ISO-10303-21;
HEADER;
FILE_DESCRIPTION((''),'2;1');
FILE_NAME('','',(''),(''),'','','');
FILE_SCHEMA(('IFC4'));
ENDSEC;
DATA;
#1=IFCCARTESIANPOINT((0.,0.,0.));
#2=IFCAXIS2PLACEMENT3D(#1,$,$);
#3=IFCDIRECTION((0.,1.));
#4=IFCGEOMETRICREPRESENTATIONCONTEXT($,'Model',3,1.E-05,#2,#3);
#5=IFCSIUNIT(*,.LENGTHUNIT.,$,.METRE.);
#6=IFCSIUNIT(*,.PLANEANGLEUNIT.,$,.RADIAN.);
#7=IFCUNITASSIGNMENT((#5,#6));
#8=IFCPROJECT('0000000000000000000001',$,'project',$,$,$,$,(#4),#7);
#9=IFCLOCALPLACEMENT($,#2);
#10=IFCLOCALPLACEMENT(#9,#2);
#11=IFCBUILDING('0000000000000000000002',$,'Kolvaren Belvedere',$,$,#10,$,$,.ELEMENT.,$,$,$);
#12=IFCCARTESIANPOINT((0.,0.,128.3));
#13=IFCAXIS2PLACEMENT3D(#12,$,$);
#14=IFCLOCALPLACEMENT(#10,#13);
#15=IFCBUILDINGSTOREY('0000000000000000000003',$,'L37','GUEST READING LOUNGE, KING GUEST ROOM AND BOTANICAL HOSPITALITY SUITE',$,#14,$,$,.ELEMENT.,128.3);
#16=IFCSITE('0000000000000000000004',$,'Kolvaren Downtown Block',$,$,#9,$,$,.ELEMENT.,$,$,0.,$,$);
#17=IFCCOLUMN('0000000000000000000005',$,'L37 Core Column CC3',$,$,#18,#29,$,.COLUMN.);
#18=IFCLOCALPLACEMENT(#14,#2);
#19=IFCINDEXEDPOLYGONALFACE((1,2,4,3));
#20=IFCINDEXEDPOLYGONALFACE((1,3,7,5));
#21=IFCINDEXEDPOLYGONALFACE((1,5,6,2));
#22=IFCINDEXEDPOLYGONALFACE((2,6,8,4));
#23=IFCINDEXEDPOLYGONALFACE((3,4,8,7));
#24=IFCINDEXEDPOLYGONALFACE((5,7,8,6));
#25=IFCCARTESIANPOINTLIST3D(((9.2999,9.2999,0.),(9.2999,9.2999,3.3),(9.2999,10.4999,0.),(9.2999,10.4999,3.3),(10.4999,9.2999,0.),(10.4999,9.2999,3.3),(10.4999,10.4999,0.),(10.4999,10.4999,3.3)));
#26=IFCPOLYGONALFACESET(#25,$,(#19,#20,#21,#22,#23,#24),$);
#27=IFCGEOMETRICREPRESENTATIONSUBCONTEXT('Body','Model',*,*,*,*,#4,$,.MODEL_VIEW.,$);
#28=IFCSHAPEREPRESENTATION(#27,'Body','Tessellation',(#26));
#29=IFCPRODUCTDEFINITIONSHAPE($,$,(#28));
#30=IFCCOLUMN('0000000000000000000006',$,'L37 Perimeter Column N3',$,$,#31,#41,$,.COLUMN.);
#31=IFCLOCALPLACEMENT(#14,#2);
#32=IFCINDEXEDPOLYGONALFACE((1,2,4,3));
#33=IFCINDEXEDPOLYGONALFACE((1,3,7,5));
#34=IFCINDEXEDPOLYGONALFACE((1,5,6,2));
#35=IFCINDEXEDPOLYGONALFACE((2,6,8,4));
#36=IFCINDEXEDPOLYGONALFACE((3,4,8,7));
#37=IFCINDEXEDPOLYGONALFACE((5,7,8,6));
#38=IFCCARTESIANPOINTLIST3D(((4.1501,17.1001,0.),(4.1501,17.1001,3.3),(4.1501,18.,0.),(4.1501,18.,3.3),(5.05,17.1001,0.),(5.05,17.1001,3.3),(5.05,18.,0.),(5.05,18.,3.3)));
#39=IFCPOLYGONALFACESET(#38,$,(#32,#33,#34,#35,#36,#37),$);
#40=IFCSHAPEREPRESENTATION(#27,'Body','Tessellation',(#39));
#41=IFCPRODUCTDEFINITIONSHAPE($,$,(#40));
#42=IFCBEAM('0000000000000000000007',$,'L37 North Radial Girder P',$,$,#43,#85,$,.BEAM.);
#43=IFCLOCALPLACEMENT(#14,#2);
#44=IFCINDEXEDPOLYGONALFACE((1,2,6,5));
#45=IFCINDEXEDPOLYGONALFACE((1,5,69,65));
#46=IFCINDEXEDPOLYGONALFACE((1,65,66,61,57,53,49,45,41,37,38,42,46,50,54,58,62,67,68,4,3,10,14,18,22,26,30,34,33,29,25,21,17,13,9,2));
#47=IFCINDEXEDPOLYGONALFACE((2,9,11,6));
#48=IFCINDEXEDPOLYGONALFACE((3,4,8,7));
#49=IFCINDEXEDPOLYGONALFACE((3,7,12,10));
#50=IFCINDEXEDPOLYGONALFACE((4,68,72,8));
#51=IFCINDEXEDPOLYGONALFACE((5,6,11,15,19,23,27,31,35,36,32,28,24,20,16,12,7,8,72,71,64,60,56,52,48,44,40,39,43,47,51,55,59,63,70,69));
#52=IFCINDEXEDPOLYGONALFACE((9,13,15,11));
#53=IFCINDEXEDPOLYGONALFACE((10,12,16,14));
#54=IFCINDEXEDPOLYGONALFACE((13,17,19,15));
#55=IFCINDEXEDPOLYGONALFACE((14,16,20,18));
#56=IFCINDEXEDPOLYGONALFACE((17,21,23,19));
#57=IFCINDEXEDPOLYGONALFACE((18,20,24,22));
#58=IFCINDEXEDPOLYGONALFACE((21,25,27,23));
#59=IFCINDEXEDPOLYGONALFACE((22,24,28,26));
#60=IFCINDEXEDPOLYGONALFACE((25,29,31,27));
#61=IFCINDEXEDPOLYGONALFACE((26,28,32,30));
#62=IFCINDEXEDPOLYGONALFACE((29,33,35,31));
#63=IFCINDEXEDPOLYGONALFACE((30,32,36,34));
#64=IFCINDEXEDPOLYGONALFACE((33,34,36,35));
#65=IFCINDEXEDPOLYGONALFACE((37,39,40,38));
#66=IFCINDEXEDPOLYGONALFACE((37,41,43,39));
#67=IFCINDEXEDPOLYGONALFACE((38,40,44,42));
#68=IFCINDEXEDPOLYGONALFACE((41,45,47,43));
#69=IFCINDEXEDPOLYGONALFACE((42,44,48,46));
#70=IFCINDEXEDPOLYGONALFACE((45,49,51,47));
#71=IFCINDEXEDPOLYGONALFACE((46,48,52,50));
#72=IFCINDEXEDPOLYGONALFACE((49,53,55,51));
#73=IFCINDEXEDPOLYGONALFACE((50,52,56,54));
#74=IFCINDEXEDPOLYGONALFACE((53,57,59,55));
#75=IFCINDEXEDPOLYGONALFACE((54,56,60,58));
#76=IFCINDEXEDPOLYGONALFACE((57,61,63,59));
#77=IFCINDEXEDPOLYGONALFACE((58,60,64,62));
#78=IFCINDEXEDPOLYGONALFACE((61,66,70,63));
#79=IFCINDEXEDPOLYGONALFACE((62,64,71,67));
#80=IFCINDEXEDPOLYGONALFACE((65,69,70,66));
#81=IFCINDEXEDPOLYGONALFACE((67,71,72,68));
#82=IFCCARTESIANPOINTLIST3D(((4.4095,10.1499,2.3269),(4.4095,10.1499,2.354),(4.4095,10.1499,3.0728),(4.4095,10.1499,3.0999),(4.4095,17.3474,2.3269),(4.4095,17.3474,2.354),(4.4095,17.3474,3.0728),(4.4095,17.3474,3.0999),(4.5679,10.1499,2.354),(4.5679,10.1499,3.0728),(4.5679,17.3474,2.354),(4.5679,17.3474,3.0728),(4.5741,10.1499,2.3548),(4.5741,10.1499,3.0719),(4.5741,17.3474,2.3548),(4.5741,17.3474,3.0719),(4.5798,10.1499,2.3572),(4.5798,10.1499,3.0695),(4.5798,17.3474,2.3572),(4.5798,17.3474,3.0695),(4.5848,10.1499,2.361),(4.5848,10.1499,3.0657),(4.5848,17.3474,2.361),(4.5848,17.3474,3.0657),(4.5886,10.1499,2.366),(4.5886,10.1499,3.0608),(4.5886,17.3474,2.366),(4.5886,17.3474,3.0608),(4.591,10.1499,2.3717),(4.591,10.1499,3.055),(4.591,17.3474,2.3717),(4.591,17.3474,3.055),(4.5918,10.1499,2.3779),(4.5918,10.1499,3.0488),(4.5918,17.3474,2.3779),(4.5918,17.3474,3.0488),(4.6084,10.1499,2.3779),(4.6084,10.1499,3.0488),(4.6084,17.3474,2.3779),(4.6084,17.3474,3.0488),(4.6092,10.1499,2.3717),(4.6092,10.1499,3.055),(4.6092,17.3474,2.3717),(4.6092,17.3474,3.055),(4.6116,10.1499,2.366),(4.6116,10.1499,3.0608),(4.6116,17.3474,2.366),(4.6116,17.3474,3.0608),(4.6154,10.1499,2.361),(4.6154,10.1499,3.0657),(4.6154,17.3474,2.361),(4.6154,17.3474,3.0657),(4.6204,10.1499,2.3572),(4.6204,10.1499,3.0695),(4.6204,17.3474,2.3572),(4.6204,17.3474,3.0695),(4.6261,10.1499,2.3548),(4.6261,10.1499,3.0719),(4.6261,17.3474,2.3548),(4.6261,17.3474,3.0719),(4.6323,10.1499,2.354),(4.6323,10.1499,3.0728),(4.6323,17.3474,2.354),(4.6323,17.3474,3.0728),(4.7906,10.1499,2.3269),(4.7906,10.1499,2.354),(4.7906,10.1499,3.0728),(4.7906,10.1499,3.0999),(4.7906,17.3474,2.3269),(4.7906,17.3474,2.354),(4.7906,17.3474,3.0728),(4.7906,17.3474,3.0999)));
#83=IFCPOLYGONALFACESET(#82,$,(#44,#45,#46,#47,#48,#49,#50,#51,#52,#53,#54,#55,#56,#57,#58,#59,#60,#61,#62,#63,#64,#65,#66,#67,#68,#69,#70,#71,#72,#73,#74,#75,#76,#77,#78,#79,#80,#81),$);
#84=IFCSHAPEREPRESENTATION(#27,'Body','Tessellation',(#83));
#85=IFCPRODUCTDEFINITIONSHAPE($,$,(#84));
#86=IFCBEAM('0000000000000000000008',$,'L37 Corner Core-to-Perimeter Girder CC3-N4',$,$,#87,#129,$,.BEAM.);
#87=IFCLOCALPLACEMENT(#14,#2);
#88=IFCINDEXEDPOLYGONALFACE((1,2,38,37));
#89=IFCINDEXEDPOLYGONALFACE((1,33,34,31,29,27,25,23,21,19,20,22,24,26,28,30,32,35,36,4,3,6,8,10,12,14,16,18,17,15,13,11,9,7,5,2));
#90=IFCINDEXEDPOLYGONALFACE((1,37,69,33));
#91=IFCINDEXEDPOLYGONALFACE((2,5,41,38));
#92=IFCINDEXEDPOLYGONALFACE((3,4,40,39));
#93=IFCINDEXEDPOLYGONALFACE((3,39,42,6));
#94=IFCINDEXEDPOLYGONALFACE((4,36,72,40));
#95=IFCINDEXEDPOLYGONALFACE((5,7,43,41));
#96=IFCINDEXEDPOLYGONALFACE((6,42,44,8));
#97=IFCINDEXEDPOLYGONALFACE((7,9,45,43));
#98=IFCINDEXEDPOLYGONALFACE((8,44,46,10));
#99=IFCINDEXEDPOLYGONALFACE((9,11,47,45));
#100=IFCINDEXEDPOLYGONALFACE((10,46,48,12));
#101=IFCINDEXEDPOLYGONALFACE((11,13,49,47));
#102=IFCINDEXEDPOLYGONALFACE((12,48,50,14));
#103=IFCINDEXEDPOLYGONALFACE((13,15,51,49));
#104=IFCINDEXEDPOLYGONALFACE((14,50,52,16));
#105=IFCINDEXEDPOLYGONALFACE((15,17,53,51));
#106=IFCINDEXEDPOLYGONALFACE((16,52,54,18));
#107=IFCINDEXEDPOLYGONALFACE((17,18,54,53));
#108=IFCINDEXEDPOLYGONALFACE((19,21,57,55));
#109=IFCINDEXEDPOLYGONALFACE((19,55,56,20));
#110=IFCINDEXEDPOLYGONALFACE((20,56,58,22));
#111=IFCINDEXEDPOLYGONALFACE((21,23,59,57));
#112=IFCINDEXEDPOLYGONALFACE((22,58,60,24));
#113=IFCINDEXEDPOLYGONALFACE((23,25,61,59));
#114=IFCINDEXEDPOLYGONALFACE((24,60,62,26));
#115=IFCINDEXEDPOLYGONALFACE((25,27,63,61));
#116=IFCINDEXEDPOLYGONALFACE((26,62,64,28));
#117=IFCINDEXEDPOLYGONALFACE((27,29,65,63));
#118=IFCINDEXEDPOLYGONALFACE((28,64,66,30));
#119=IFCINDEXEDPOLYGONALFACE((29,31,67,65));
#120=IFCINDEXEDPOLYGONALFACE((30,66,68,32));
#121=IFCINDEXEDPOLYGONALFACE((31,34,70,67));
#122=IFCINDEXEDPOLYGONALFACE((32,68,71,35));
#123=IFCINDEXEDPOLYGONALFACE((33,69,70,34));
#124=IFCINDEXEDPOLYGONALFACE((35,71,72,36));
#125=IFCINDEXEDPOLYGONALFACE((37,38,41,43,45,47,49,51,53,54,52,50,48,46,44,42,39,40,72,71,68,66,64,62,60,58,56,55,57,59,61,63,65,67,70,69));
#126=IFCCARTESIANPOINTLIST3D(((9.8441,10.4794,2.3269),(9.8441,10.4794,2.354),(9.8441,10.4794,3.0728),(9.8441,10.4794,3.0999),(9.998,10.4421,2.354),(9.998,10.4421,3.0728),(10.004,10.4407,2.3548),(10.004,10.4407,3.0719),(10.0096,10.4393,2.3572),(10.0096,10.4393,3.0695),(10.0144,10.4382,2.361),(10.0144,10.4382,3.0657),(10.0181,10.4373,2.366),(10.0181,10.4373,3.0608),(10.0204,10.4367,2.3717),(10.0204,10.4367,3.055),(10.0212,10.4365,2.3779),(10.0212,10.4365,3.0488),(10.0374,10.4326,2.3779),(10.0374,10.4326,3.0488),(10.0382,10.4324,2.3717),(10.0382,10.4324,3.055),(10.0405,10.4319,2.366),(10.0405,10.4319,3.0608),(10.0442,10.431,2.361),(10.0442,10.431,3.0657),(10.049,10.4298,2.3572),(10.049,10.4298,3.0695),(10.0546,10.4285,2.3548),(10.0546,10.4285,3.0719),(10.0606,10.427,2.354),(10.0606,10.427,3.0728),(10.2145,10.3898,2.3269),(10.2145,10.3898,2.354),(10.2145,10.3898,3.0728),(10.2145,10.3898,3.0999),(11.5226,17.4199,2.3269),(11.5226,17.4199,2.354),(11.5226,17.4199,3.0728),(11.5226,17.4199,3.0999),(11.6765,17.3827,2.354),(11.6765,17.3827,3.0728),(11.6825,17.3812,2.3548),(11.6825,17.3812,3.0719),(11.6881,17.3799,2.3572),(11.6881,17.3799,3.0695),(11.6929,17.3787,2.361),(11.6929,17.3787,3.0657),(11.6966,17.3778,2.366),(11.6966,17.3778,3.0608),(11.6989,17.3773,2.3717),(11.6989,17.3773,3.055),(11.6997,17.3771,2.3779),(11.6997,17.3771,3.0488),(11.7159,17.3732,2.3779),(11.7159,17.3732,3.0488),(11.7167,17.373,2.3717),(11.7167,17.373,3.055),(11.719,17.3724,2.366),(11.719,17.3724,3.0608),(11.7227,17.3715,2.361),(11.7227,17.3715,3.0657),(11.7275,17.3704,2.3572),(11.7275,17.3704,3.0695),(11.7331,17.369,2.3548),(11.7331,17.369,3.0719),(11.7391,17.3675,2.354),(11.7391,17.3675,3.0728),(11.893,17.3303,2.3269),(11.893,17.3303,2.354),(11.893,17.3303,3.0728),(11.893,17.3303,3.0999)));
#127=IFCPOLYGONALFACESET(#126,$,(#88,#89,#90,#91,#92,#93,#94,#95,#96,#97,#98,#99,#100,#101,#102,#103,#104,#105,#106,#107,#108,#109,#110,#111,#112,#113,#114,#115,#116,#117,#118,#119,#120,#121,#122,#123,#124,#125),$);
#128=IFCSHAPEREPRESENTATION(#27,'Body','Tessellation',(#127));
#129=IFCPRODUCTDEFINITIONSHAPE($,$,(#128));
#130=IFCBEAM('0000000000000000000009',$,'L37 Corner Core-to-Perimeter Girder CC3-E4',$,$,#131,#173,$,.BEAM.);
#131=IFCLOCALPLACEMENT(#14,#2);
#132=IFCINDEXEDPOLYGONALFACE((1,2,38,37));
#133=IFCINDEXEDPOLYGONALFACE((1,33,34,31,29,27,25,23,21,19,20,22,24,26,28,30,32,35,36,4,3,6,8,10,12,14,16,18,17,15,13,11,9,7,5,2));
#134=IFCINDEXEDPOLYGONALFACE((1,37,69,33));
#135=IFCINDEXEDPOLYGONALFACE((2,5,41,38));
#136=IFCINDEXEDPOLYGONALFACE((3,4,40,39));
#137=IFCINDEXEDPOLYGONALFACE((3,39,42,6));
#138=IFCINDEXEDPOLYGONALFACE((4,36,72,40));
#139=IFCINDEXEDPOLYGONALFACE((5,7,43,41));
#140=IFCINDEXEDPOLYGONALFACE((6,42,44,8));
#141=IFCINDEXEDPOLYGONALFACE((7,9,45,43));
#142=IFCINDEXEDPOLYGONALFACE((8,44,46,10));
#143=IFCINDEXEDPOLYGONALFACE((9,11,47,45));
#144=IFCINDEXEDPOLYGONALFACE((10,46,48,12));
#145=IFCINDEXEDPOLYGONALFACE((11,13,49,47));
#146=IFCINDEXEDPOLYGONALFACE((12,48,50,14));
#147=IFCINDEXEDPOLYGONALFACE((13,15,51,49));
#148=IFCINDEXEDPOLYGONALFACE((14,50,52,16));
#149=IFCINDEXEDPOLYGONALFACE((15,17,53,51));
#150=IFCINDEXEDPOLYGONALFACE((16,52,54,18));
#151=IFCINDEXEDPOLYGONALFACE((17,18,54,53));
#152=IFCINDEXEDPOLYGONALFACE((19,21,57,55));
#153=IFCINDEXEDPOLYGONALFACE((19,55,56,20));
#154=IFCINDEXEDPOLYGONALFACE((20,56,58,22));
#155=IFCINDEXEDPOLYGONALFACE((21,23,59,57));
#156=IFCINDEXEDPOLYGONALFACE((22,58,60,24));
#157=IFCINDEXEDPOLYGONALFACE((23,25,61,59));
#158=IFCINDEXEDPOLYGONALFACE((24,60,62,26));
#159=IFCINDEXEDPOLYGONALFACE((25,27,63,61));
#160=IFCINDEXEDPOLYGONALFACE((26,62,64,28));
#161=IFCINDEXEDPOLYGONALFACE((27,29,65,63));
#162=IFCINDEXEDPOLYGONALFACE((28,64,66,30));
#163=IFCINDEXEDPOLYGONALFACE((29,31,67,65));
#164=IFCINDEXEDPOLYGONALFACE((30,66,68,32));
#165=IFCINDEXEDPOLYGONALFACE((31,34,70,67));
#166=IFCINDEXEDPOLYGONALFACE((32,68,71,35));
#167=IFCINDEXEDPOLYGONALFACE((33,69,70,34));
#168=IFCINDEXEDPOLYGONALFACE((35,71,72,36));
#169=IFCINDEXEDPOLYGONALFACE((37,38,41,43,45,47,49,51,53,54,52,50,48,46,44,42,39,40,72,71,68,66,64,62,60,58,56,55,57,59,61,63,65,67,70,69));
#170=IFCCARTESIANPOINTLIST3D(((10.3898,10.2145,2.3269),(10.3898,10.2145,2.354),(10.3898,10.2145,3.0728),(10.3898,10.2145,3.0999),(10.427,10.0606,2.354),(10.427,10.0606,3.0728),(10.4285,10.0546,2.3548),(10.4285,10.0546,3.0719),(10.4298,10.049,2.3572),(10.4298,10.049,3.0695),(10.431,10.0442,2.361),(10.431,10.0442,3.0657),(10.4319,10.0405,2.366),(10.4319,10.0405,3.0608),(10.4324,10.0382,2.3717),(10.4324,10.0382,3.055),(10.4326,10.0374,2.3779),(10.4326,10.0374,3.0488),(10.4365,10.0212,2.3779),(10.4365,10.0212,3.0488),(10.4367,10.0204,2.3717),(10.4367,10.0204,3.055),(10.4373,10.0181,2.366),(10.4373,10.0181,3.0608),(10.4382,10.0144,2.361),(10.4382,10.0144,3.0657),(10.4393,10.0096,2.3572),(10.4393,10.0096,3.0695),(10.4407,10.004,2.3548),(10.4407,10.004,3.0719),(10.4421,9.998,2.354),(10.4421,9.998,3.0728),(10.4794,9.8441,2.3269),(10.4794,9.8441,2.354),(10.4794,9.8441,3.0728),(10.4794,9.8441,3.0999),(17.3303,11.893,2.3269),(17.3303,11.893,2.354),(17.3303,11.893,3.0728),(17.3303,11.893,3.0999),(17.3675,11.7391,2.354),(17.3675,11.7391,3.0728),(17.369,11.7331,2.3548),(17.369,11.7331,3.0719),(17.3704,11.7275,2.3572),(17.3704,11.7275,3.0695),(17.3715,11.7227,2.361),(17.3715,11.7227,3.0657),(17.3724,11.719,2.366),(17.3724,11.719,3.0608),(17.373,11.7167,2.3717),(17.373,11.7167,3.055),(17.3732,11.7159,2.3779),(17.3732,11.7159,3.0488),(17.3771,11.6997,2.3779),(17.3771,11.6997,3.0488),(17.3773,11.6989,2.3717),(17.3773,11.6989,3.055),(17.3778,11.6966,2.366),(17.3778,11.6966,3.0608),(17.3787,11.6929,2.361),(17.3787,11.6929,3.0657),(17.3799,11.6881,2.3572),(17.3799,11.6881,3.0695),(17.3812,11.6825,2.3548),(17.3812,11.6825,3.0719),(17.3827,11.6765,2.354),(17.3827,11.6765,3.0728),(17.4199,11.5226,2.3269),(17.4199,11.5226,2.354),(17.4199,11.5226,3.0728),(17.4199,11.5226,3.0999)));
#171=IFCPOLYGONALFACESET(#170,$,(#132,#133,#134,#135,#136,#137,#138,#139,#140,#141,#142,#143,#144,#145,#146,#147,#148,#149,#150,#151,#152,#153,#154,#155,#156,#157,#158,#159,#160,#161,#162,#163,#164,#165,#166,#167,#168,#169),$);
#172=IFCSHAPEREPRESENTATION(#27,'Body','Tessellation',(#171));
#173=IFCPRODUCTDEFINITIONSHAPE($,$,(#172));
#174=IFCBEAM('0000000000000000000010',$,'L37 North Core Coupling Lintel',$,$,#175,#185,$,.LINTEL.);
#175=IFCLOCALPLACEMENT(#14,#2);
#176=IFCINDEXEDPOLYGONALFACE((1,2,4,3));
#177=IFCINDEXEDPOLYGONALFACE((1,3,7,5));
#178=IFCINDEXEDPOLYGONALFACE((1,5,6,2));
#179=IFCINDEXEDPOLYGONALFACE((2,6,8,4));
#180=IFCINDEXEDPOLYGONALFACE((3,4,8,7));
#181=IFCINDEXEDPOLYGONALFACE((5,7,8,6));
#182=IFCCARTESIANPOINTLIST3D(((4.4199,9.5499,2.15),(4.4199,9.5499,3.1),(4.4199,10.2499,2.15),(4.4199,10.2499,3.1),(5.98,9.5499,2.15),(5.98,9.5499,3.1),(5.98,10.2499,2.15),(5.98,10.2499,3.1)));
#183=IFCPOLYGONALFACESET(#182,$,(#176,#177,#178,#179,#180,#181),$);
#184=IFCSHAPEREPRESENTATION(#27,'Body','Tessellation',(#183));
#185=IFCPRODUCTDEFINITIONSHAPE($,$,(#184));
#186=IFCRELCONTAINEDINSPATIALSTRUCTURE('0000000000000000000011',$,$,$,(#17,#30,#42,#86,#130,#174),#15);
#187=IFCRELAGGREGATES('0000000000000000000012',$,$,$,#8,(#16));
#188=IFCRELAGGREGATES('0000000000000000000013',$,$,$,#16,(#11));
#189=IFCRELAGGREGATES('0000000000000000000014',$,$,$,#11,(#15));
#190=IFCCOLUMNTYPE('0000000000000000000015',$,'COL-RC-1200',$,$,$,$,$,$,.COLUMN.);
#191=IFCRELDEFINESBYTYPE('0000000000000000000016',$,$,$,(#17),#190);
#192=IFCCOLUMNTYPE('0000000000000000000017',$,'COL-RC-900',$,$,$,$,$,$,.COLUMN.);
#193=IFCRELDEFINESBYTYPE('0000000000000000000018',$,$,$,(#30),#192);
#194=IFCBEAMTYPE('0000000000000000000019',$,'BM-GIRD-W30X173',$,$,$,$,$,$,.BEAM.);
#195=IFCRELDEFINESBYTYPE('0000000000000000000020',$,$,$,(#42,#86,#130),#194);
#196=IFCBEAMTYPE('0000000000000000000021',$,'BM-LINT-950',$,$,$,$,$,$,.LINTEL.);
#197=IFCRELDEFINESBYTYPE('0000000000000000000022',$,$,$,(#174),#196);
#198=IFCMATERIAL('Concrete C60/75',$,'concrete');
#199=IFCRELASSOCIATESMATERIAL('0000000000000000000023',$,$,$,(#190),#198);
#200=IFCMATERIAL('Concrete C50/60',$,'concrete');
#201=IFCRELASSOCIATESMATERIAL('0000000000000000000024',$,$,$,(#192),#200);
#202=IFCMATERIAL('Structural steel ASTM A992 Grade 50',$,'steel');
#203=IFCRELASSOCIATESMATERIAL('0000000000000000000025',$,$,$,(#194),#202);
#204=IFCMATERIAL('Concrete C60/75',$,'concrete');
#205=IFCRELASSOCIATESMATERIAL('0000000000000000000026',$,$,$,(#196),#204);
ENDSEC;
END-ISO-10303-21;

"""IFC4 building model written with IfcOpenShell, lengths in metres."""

from ifc_helpers import new_model, si_unit, direction, frame, origin, origin_2d, place, context, subcontext, project, spatial, rectangle, i_section, extrude, material, material_profile, profile_set, type_object, element, save


model = new_model("IFC4")

# Units and contexts
model_context = context("Model", 3, precision=1e-05, world=origin(), true_north=direction((0.0, 1.0)))
body_context = subcontext(model_context, "Body", "Model", "MODEL_VIEW")
ifc_project = project(units=[si_unit("LENGTHUNIT", "METRE"), si_unit("PLANEANGLEUNIT", "RADIAN")], contexts=[model_context])

# Site, building, storey
site_placement = place(None, origin())
site = spatial("IfcSite", under=ifc_project, at=site_placement, Name="Kolvaren Downtown Block", CompositionType="ELEMENT", RefElevation=0.0)
building_placement = place(site_placement, origin())
building = spatial("IfcBuilding", under=site, at=building_placement, Name="Kolvaren Belvedere", CompositionType="ELEMENT")
storey_placement = place(building_placement, frame((0.0, 0.0, 128.3)))
storey = spatial("IfcBuildingStorey", under=building, at=storey_placement, Name="L37", Description="GUEST READING LOUNGE, KING GUEST ROOM AND BOTANICAL HOSPITALITY SUITE", CompositionType="ELEMENT", Elevation=128.3)

# Columns
ifc_material_1 = material(Name="Concrete C60/75", Category="concrete")
ifc_material_profile_1 = material_profile(ifc_material_1, rectangle(XDim=1.2, YDim=1.2, at=origin_2d()), Name="RC 1200X1200")
ifc_profile_set_1 = profile_set([ifc_material_profile_1], Name="Concrete C60/75")
column_type_1 = type_object("IfcColumnType", Name="COL-RC-1200", PredefinedType="COLUMN", material=ifc_profile_set_1)
column_1_placement = place(storey_placement, frame((9.8999, 9.8999, 0.0), z_axis=(0.0, 0.0, 1.0), x_axis=(1.0, 0.0, 0.0)))
element("IfcColumn", 1, at=column_1_placement, inside=storey, type_object=column_type_1, Name="L37 Core Column CC3", PredefinedType="COLUMN", context=body_context, shape_type="SweptSolid", body=[
    extrude(rectangle(XDim=1.2, YDim=1.2, at=origin_2d()), origin(), (0.0, 0.0, 1.0), 3.3),
])
ifc_material_2 = material(Name="Concrete C50/60", Category="concrete")
ifc_material_profile_2 = material_profile(ifc_material_2, rectangle(XDim=0.8999, YDim=0.8999, at=origin_2d()), Name="RC 900X900")
ifc_profile_set_2 = profile_set([ifc_material_profile_2], Name="Concrete C50/60")
column_type_2 = type_object("IfcColumnType", Name="COL-RC-900", PredefinedType="COLUMN", material=ifc_profile_set_2)
column_2_placement = place(storey_placement, frame((4.6001, 17.55, 0.0), z_axis=(0.0, 0.0, 1.0), x_axis=(1.0, 0.0, 0.0)))
element("IfcColumn", 2, at=column_2_placement, inside=storey, type_object=column_type_2, Name="L37 Perimeter Column N3", PredefinedType="COLUMN", context=body_context, shape_type="SweptSolid", body=[
    extrude(rectangle(XDim=0.8999, YDim=0.8999, at=origin_2d()), origin(), (0.0, 0.0, 1.0), 3.3),
])

# Beams
ifc_material_3 = material(Name="Structural steel ASTM A992 Grade 50", Category="steel")
ifc_material_profile_3 = material_profile(ifc_material_3, i_section(OverallWidth=0.3811, OverallDepth=0.7729, WebThickness=0.0166, FlangeThickness=0.0271, FilletRadius=0.0239, at=origin_2d()), Name="W30X173")
ifc_profile_set_3 = profile_set([ifc_material_profile_3], Name="Structural steel ASTM A992 Grade 50")
beam_type_1 = type_object("IfcBeamType", Name="BM-GIRD-W30X173", PredefinedType="BEAM", material=ifc_profile_set_3)
beam_1_placement = place(storey_placement, frame((4.6001, 10.1499, 2.7134), z_axis=(0.0, 1.0, 0.0), x_axis=(-1.0, 0.0, 0.0)))
element("IfcBeam", 3, at=beam_1_placement, inside=storey, type_object=beam_type_1, Name="L37 North Radial Girder P", PredefinedType="BEAM", context=body_context, shape_type="SweptSolid", body=[
    extrude(i_section(OverallWidth=0.3811, OverallDepth=0.7729, WebThickness=0.0166, FlangeThickness=0.0271, FilletRadius=0.0239, at=origin_2d()), origin(), (0.0, 0.0, 1.0), 7.1975),
])
for number, where, z_axis, x_axis, name in (
    (4, (10.0293, 10.4346, 2.7134), (0.235063, 0.97198, 0.0), (-0.97198, 0.235063, 0.0), "L37 Corner Core-to-Perimeter Girder CC3-N4"),
    (5, (10.4346, 10.0293, 2.7134), (0.97198, 0.235063, 0.0), (-0.235063, 0.97198, 0.0), "L37 Corner Core-to-Perimeter Girder CC3-E4"),
):
    element("IfcBeam", number, at=place(storey_placement, frame(where, z_axis=z_axis, x_axis=x_axis)), inside=storey, type_object=beam_type_1, Name=name, PredefinedType="BEAM", context=body_context, shape_type="SweptSolid", body=[
        extrude(i_section(OverallWidth=0.3811, OverallDepth=0.7729, WebThickness=0.0166, FlangeThickness=0.0271, FilletRadius=0.0239, at=origin_2d()), origin(), (0.0, 0.0, 1.0), 7.1406),
    ])
ifc_material_4 = material(Name="Concrete C60/75", Category="concrete")
ifc_material_profile_4 = material_profile(ifc_material_4, rectangle(XDim=0.7, YDim=0.95, at=origin_2d()), Name="RC 700X950")
ifc_profile_set_4 = profile_set([ifc_material_profile_4], Name="Concrete C60/75")
beam_type_2 = type_object("IfcBeamType", Name="BM-LINT-950", PredefinedType="LINTEL", material=ifc_profile_set_4)
beam_2_placement = place(storey_placement, frame((4.4199, 9.8999, 2.625), z_axis=(1.0, 0.0, 0.0), x_axis=(0.0, 1.0, 0.0)))
element("IfcBeam", 6, at=beam_2_placement, inside=storey, type_object=beam_type_2, Name="L37 North Core Coupling Lintel", PredefinedType="LINTEL", context=body_context, shape_type="SweptSolid", body=[
    extrude(rectangle(XDim=0.7, YDim=0.95, at=origin_2d()), origin(), (0.0, 0.0, 1.0), 1.5601),
])

save(model, "model.ifc")
